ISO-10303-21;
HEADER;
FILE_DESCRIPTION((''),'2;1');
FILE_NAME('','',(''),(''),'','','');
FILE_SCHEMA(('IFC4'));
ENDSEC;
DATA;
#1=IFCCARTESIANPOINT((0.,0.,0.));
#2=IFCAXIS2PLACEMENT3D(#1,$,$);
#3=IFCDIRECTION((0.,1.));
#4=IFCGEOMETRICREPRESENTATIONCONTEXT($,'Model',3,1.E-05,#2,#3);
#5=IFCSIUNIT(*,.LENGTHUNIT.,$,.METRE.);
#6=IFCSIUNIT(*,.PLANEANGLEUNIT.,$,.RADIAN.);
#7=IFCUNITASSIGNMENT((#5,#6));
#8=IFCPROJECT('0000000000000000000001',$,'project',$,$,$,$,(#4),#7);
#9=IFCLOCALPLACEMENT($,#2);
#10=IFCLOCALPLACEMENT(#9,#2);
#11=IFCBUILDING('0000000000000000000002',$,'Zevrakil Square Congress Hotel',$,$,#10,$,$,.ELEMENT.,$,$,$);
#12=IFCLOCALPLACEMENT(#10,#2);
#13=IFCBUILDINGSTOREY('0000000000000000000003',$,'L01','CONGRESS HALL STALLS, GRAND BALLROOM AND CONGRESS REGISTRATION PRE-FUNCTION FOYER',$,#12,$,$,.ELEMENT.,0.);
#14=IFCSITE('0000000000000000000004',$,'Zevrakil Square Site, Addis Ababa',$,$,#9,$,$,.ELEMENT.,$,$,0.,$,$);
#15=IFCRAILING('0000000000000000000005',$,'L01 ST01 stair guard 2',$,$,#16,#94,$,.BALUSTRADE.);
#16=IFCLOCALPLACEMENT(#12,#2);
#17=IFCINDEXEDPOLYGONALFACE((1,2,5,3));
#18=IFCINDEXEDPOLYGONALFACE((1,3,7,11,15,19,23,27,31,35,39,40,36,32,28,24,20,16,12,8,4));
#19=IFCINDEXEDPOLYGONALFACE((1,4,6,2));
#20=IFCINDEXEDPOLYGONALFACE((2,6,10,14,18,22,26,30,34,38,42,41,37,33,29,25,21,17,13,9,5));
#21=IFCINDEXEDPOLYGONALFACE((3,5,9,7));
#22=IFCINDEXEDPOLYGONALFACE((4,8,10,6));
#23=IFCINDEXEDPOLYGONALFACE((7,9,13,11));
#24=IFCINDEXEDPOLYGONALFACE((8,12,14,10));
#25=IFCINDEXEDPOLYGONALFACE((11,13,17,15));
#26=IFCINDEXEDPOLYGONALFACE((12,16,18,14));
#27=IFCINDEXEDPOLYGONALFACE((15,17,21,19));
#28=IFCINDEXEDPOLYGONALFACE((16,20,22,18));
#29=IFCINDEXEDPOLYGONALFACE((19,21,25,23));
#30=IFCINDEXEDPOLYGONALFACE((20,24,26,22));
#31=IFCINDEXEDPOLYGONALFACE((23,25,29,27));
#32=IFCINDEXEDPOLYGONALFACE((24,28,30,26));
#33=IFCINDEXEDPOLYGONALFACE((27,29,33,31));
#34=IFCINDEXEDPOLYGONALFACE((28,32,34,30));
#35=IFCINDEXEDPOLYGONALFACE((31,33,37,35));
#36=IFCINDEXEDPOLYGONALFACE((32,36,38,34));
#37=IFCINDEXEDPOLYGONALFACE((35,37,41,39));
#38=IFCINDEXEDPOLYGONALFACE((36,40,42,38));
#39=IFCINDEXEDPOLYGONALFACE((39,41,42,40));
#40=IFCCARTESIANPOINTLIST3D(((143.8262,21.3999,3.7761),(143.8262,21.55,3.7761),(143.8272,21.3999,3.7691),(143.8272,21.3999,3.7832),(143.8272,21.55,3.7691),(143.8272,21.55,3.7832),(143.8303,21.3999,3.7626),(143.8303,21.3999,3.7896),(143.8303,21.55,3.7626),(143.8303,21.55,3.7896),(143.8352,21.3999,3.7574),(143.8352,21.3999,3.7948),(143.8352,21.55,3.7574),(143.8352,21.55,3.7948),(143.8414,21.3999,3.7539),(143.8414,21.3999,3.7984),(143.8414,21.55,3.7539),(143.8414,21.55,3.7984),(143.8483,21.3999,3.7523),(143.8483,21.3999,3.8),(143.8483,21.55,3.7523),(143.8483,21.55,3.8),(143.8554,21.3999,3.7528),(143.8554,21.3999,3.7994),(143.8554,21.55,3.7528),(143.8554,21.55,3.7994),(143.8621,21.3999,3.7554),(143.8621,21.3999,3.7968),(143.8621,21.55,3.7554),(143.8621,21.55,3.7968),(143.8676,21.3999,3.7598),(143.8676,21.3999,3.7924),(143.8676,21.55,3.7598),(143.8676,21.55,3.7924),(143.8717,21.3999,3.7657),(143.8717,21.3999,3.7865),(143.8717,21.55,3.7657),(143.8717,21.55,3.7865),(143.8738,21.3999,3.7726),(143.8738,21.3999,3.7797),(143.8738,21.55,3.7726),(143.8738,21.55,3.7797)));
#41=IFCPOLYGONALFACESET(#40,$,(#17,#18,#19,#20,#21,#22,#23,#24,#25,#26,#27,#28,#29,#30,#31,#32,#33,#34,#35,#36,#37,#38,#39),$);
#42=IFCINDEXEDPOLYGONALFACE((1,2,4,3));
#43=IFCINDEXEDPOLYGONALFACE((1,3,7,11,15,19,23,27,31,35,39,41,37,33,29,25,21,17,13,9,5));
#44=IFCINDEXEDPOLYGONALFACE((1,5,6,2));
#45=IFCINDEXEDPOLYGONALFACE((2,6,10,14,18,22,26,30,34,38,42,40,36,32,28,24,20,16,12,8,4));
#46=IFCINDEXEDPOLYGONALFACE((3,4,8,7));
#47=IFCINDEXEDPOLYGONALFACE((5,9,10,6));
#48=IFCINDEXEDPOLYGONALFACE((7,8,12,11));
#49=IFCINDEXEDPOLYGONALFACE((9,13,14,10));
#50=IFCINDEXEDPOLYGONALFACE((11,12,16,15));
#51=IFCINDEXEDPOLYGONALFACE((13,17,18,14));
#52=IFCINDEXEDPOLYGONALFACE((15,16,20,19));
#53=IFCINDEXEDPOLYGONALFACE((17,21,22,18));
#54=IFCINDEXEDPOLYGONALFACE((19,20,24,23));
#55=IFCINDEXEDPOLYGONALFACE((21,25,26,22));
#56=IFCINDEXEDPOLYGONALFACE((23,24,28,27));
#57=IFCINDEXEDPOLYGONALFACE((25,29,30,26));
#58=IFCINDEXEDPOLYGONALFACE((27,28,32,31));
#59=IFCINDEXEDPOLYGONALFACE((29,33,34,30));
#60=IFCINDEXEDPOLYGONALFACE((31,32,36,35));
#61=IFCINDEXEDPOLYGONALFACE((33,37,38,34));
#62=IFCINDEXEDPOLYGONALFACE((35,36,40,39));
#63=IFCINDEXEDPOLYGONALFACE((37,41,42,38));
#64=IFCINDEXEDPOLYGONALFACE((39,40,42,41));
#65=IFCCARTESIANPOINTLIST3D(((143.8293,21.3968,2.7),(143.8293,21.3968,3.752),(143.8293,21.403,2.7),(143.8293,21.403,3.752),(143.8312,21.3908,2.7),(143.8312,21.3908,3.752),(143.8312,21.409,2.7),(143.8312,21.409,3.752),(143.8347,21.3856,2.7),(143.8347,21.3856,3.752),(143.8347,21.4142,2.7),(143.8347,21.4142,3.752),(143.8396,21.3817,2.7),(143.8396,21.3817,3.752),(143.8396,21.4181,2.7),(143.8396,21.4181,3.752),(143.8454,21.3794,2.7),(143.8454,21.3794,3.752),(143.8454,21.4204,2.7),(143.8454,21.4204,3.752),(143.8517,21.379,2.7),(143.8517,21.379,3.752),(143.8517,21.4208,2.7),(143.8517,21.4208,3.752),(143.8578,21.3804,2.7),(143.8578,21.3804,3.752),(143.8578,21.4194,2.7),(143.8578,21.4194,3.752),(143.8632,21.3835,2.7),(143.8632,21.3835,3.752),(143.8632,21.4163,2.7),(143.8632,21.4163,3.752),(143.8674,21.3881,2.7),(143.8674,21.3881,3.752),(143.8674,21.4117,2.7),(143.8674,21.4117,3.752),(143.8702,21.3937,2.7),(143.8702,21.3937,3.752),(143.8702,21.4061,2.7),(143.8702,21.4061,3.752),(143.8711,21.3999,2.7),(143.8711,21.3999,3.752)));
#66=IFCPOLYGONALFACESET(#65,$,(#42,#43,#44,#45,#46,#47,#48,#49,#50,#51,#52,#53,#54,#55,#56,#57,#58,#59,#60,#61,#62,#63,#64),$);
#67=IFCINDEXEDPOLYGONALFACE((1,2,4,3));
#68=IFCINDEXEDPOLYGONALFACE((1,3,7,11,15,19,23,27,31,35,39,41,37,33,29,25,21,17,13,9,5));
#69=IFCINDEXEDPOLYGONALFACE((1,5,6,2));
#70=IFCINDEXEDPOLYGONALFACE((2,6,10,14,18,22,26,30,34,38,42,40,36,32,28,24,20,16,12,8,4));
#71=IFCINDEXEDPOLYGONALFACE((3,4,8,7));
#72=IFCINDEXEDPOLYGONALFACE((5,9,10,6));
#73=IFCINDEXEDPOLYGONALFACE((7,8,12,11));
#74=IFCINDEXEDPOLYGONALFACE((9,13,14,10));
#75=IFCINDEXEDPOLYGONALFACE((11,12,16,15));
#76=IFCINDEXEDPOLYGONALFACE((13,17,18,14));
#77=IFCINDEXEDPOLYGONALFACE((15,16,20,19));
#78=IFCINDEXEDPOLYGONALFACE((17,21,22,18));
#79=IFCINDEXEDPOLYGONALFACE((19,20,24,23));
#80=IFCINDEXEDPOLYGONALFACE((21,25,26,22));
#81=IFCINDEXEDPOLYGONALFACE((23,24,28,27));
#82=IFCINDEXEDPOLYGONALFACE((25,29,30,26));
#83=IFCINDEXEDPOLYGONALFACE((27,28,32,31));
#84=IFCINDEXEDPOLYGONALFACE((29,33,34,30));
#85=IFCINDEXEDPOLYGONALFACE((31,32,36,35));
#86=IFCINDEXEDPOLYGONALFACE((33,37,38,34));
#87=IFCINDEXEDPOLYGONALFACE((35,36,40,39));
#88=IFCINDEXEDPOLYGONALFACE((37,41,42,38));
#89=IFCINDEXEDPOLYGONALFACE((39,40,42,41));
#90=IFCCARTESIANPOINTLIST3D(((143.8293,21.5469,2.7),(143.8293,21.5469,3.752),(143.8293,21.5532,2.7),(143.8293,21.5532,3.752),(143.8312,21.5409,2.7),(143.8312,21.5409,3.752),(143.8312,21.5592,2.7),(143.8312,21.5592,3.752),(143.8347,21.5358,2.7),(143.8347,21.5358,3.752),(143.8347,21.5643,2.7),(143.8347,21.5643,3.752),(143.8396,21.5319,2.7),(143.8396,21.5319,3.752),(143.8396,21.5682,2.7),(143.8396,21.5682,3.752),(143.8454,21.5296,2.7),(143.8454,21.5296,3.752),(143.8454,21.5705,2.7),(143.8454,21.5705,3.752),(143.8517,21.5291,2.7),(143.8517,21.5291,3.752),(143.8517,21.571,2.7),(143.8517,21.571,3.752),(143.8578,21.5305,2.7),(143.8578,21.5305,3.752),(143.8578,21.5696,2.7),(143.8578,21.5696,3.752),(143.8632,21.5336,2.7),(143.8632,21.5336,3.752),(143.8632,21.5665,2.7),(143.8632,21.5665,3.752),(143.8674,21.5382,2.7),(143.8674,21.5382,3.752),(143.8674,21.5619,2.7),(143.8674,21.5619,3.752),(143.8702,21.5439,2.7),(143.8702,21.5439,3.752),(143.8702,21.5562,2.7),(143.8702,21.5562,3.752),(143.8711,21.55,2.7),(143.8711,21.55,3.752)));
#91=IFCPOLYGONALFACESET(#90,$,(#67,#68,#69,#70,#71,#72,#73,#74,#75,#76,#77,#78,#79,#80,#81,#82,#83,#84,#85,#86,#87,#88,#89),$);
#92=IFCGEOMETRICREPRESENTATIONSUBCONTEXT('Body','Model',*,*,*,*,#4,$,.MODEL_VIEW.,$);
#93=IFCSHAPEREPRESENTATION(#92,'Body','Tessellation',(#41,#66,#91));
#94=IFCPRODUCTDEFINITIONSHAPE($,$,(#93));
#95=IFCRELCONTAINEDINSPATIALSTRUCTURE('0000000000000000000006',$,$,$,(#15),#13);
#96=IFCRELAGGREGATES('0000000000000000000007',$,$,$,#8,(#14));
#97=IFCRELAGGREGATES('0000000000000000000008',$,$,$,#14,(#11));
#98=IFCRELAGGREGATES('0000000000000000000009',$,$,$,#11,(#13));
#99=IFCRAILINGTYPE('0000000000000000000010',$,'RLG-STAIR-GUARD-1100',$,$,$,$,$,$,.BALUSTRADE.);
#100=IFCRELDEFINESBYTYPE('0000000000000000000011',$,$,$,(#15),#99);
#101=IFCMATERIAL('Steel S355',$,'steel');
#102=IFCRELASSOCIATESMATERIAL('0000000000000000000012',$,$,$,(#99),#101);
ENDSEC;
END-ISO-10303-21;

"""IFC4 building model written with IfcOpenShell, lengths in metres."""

from ifc_helpers import new_model, si_unit, direction, frame, origin, origin_2d, place, context, subcontext, project, spatial, circle, extrude, material, type_object, element, save


model = new_model("IFC4")

# Units and contexts
model_context = context("Model", 3, precision=1e-05, world=origin(), true_north=direction((0.0, 1.0)))
body_context = subcontext(model_context, "Body", "Model", "MODEL_VIEW")
ifc_project = project(units=[si_unit("LENGTHUNIT", "METRE"), si_unit("PLANEANGLEUNIT", "RADIAN")], contexts=[model_context])

# Site, building, storey
site_placement = place(None, origin())
site = spatial("IfcSite", under=ifc_project, at=site_placement, Name="Zevrakil Square Site, Addis Ababa", CompositionType="ELEMENT", RefElevation=0.0)
building_placement = place(site_placement, origin())
building = spatial("IfcBuilding", under=site, at=building_placement, Name="Zevrakil Square Congress Hotel", CompositionType="ELEMENT")
storey_placement = place(building_placement, origin())
storey = spatial("IfcBuildingStorey", under=building, at=storey_placement, Name="L01", Description="CONGRESS HALL STALLS, GRAND BALLROOM AND CONGRESS REGISTRATION PRE-FUNCTION FOYER", CompositionType="ELEMENT", Elevation=0.0)

# Railing
ifc_material_1 = material(Name="Steel S355", Category="steel")
railing_type_1 = type_object("IfcRailingType", Name="RLG-STAIR-GUARD-1100", PredefinedType="BALUSTRADE", material=ifc_material_1)
railing_1_placement = place(storey_placement, frame((143.8501, 21.3999, 2.7)))
element("IfcRailing", 1, at=railing_1_placement, inside=storey, type_object=railing_type_1, Name="L01 ST01 stair guard 2", PredefinedType="BALUSTRADE", context=body_context, shape_type="SweptSolid", body=[
    extrude(circle(Radius=0.0239, at=origin_2d()), frame((0.0, 0.0, 1.0762), z_axis=(0.0, 1.0, 0.0), x_axis=(-1.0, 0.0, 0.0)), (0.0, 0.0, 1.0), 0.1501),
    extrude(circle(Radius=0.021, at=origin_2d()), origin(), (0.0, 0.0, 1.0), 1.052),
    extrude(circle(Radius=0.021, at=origin_2d()), frame((0.0, 0.1501, 0.0)), (0.0, 0.0, 1.0), 1.052),
])

save(model, "model.ifc")
